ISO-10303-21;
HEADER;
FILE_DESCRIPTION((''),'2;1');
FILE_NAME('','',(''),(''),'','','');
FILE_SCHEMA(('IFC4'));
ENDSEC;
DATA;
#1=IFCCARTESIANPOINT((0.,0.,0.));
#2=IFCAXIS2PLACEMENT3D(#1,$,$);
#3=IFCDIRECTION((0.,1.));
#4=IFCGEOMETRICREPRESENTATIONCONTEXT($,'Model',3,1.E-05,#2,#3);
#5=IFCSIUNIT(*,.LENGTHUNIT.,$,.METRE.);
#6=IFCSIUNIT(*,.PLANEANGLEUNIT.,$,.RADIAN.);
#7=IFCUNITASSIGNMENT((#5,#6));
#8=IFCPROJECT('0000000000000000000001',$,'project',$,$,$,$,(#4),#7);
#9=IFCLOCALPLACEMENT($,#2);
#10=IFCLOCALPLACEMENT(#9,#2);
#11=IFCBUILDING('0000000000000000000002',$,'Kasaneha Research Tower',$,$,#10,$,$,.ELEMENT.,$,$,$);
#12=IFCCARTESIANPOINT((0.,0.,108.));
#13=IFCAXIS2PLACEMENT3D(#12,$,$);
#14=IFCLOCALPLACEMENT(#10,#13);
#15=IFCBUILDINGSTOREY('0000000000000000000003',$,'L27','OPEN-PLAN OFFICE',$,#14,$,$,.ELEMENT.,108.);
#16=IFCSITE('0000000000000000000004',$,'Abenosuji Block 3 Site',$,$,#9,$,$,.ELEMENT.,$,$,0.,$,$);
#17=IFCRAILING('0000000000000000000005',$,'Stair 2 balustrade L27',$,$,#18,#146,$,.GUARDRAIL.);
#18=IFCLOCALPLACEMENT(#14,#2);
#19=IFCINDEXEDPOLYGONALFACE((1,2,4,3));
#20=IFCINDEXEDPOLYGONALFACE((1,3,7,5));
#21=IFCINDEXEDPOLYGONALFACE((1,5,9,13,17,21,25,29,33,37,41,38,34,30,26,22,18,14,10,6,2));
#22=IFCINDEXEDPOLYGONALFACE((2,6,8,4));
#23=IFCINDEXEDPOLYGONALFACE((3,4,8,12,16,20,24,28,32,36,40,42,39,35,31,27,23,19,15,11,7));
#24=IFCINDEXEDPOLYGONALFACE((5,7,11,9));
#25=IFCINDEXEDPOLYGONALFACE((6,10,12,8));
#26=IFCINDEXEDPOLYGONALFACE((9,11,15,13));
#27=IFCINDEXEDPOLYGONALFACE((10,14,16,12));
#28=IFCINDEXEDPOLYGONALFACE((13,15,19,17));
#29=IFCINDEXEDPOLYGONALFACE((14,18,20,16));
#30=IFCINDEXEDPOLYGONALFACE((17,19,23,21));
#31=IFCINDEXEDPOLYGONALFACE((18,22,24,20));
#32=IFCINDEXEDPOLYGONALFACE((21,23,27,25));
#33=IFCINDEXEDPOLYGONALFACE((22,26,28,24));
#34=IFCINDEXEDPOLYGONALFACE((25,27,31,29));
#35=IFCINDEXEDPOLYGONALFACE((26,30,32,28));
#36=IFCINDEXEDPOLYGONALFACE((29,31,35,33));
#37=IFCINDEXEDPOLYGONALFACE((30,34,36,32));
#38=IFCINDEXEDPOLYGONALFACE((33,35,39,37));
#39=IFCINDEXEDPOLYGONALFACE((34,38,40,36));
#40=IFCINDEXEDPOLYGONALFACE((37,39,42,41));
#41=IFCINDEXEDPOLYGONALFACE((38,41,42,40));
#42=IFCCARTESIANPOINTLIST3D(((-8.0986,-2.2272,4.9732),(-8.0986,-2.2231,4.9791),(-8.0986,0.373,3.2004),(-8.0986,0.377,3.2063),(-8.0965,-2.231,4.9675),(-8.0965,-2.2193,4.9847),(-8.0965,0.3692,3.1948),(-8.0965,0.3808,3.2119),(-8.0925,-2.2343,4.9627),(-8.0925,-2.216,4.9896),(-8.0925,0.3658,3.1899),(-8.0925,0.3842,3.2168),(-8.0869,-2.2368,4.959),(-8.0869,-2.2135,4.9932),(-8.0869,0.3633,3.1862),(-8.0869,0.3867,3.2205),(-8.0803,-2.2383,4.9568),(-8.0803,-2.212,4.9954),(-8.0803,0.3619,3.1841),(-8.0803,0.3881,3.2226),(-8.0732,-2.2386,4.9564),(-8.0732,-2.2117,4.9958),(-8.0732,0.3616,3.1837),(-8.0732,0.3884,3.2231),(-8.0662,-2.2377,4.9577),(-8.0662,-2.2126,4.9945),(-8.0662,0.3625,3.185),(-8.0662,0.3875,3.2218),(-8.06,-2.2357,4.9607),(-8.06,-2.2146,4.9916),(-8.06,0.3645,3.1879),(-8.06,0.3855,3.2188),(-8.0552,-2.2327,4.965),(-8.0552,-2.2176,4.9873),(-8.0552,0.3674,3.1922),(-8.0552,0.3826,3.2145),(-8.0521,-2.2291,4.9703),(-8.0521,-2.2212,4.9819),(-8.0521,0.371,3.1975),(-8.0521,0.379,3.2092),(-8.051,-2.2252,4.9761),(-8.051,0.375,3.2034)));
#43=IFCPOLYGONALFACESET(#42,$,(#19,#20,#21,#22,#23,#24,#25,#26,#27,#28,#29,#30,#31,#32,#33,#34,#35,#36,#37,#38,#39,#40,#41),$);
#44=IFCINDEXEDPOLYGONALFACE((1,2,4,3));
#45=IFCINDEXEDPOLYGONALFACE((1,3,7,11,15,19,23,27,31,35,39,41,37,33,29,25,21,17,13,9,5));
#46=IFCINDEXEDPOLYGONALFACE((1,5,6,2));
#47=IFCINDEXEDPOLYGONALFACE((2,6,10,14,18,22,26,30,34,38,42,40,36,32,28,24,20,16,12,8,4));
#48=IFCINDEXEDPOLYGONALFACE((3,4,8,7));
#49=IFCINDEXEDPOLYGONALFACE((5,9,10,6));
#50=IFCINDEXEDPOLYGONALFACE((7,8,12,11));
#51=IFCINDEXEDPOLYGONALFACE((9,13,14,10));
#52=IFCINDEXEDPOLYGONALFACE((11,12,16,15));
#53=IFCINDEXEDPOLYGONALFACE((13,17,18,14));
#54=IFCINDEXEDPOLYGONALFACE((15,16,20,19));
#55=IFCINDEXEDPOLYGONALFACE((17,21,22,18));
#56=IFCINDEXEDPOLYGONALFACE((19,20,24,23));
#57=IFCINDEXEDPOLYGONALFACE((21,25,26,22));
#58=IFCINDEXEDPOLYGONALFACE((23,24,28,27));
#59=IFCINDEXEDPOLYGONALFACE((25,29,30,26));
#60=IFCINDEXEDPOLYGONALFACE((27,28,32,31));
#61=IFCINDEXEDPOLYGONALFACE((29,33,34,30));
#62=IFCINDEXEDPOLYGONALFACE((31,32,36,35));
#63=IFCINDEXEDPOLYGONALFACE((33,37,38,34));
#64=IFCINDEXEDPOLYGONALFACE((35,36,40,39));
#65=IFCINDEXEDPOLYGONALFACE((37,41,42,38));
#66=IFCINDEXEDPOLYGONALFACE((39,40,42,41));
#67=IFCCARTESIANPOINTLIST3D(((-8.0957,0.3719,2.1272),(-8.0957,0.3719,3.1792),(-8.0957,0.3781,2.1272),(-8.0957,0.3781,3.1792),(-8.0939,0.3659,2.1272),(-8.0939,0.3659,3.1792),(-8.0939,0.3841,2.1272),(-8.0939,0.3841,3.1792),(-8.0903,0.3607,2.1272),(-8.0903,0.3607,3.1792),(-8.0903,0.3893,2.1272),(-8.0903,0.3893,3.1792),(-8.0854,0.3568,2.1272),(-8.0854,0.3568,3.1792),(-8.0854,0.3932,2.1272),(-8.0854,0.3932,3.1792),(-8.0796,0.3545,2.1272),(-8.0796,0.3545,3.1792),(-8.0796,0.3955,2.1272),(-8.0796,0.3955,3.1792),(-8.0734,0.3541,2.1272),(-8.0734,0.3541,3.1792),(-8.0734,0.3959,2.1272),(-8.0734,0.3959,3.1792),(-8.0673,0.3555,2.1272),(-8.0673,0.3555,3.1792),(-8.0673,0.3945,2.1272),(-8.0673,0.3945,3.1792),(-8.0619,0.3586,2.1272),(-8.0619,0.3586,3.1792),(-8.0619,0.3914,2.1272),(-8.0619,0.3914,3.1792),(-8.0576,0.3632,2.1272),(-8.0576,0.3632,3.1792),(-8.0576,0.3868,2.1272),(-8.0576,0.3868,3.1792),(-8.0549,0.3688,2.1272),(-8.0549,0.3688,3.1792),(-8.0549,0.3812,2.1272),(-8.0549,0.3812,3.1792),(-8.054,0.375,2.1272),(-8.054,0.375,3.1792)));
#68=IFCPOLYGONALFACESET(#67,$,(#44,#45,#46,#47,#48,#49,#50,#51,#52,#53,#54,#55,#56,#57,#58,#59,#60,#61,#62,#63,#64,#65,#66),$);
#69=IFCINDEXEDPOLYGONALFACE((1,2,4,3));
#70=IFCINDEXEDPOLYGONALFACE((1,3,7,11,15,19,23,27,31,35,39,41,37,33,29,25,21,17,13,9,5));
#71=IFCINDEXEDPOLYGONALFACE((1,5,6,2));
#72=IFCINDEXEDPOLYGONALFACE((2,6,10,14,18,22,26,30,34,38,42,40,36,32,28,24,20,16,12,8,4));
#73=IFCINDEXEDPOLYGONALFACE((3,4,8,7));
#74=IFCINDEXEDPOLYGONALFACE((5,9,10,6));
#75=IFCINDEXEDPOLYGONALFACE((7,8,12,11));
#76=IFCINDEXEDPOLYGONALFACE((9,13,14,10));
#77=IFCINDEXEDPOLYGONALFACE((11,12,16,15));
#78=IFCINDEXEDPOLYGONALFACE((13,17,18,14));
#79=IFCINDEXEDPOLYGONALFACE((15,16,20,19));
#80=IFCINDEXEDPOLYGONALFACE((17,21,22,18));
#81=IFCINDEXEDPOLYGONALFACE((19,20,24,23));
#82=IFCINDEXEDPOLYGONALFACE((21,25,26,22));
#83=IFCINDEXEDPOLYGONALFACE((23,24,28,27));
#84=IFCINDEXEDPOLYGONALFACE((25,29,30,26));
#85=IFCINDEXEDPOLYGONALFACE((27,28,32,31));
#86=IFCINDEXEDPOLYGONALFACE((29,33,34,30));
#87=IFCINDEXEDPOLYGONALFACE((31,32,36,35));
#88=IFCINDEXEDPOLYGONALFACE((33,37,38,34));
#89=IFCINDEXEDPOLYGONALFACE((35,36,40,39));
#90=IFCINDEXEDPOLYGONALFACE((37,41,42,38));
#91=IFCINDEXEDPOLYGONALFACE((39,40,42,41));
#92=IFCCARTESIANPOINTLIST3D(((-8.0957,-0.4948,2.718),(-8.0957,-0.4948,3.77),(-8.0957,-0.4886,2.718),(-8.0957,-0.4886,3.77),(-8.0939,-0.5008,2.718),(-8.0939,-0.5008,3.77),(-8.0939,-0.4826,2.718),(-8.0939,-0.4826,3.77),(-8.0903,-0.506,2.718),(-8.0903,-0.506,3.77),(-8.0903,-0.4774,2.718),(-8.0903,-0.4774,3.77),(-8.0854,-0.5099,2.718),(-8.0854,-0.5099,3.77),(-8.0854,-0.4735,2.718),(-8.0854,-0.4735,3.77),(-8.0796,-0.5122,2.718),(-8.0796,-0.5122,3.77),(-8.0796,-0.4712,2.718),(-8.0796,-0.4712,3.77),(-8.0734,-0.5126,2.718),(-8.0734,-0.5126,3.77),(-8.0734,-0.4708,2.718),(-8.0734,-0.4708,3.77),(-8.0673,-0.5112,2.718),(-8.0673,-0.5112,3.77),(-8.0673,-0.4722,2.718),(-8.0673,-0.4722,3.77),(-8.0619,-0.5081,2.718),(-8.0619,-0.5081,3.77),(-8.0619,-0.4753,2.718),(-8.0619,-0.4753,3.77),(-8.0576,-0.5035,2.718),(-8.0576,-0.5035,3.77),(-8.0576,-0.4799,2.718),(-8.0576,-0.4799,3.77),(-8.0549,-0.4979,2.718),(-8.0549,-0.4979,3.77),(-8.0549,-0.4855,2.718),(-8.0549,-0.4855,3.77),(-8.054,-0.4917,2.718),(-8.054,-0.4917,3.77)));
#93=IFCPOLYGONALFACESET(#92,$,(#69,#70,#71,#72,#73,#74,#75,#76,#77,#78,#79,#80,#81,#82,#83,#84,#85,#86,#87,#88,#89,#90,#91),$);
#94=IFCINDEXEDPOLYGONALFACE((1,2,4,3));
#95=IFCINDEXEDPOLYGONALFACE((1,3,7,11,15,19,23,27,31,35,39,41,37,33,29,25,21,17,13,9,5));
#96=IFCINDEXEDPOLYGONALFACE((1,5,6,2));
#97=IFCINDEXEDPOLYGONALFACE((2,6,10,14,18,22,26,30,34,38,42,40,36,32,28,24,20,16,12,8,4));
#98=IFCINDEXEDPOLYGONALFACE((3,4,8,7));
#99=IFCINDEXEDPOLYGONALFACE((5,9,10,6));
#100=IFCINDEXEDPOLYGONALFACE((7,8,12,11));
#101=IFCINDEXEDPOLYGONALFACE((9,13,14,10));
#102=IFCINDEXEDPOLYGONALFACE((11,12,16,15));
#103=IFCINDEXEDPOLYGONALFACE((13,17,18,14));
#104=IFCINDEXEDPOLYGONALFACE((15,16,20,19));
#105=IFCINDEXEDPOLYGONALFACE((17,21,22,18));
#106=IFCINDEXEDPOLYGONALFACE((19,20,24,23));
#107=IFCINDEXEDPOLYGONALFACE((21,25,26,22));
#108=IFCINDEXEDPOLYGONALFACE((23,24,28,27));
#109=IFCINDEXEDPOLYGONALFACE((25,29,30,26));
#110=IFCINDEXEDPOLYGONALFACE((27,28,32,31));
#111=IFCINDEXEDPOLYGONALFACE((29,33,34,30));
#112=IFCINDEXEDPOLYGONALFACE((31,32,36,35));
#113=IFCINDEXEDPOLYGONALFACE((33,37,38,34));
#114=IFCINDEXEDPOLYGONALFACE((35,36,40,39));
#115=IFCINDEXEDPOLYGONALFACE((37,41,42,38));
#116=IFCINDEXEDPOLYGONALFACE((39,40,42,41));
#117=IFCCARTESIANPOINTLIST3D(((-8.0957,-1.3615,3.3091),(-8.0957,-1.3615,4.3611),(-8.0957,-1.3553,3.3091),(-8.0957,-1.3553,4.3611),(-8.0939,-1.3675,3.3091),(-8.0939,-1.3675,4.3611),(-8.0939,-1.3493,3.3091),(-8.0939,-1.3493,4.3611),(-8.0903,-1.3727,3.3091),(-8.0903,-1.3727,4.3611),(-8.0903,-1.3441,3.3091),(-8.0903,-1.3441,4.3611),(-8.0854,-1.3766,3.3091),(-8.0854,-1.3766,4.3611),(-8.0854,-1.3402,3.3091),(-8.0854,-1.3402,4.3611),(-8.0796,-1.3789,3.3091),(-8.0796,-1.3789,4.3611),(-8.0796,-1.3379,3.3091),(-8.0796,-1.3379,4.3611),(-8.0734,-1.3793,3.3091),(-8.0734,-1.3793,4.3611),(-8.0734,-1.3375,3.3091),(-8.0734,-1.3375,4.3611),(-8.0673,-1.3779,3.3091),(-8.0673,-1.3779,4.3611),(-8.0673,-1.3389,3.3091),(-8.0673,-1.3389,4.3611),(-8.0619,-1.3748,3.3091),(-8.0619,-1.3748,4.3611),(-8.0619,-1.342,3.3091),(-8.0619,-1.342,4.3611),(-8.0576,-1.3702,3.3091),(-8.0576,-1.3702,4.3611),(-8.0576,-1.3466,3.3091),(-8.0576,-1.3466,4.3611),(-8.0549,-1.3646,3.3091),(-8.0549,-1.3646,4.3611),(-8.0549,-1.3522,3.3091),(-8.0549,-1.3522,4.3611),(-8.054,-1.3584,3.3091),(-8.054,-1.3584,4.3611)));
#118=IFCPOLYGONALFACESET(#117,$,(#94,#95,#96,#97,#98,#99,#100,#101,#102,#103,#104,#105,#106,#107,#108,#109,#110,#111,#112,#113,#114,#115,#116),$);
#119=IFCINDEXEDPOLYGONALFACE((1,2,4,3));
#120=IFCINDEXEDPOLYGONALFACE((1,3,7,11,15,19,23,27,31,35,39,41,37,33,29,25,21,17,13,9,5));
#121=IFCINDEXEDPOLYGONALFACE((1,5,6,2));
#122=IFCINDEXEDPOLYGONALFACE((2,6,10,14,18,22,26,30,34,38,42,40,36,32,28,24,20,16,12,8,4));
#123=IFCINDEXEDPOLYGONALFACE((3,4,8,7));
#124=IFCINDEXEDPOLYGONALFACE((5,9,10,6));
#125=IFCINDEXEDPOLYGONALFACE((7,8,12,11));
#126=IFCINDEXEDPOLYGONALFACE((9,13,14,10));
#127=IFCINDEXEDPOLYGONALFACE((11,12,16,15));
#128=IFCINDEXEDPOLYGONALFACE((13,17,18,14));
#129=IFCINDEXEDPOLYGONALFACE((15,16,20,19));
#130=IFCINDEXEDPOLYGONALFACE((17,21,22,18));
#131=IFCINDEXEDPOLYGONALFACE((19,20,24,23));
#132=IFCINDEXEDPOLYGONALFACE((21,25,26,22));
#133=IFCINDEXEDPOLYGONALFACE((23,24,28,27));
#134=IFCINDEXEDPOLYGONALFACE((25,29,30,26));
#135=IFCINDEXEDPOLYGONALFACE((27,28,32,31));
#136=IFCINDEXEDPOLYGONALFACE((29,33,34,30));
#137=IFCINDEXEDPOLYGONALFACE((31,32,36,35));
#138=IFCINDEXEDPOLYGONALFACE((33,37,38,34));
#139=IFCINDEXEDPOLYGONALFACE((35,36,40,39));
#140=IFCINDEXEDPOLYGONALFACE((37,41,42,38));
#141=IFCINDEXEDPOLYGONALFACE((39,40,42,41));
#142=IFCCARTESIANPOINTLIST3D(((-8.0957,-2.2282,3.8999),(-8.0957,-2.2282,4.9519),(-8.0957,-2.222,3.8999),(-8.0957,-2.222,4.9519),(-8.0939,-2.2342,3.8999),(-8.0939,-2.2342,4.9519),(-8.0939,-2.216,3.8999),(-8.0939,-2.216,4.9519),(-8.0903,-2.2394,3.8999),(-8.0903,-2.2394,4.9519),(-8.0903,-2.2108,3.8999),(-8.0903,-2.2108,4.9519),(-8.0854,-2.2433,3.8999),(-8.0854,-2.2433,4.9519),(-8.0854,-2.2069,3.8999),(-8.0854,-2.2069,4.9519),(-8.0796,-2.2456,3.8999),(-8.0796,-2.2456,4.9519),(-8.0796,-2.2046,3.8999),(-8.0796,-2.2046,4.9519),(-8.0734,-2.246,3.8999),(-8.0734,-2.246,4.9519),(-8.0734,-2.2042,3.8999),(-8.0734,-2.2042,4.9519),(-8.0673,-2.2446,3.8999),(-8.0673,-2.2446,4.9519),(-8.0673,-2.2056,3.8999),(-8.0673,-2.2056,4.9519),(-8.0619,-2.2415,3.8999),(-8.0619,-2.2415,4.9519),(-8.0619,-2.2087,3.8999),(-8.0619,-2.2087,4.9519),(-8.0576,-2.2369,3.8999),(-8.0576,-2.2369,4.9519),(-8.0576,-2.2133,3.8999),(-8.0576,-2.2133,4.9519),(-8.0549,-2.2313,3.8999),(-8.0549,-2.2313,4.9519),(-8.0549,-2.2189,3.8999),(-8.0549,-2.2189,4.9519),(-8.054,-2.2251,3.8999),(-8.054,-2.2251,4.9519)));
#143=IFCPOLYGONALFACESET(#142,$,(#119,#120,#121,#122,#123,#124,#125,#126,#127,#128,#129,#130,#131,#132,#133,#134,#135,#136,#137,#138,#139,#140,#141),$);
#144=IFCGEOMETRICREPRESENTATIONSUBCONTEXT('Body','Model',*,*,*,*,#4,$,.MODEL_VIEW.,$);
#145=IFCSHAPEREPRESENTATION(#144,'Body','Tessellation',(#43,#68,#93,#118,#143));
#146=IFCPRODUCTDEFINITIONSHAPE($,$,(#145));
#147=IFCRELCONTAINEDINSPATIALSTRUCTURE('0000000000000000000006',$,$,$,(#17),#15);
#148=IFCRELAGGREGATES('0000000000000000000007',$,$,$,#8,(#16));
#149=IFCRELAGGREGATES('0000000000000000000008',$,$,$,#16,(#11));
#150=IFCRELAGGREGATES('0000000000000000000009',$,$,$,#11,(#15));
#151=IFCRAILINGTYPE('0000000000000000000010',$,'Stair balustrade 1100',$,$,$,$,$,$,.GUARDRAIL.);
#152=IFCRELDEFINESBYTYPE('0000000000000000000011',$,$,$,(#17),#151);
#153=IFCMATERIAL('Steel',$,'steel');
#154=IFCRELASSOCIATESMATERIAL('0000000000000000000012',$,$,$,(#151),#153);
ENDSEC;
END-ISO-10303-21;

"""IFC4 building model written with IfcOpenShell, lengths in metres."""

from ifc_helpers import new_model, si_unit, direction, frame, origin, origin_2d, place, context, subcontext, project, spatial, circle, extrude, material, type_object, element, save


model = new_model("IFC4")

# Units and contexts
model_context = context("Model", 3, precision=1e-05, world=origin(), true_north=direction((0.0, 1.0)))
body_context = subcontext(model_context, "Body", "Model", "MODEL_VIEW")
ifc_project = project(units=[si_unit("LENGTHUNIT", "METRE"), si_unit("PLANEANGLEUNIT", "RADIAN")], contexts=[model_context])

# Site, building, storey
site_placement = place(None, origin())
site = spatial("IfcSite", under=ifc_project, at=site_placement, Name="Abenosuji Block 3 Site", CompositionType="ELEMENT", RefElevation=0.0)
building_placement = place(site_placement, origin())
building = spatial("IfcBuilding", under=site, at=building_placement, Name="Kasaneha Research Tower", CompositionType="ELEMENT")
storey_placement = place(building_placement, frame((0.0, 0.0, 108.0)))
storey = spatial("IfcBuildingStorey", under=building, at=storey_placement, Name="L27", Description="OPEN-PLAN OFFICE", CompositionType="ELEMENT", Elevation=108.0)

# Railing
ifc_material_1 = material(Name="Steel", Category="steel")
railing_type_1 = type_object("IfcRailingType", Name="Stair balustrade 1100", PredefinedType="GUARDRAIL", material=ifc_material_1)
railing_1_placement = place(storey_placement, frame((-8.075, 0.375, 2.1272)))
element("IfcRailing", 1, at=railing_1_placement, inside=storey, type_object=railing_type_1, Name="Stair 2 balustrade L27", PredefinedType="GUARDRAIL", context=body_context, shape_type="SweptSolid", body=[
    extrude(circle(Radius=0.0239, at=origin_2d()), frame((0.0, 0.0, 1.0762), z_axis=(0.0, -0.82624, 0.563318), x_axis=(1.0, 0.0, 0.0)), (0.0, 0.0, 1.0), 3.147),
    extrude(circle(Radius=0.021, at=origin_2d()), origin(), (0.0, 0.0, 1.0), 1.052),
    extrude(circle(Radius=0.021, at=origin_2d()), frame((0.0, -0.8667, 0.5908)), (0.0, 0.0, 1.0), 1.052),
    extrude(circle(Radius=0.021, at=origin_2d()), frame((0.0, -1.7334, 1.1819)), (0.0, 0.0, 1.0), 1.052),
    extrude(circle(Radius=0.021, at=origin_2d()), frame((0.0, -2.6001, 1.7727)), (0.0, 0.0, 1.0), 1.052),
])

save(model, "model.ifc")
